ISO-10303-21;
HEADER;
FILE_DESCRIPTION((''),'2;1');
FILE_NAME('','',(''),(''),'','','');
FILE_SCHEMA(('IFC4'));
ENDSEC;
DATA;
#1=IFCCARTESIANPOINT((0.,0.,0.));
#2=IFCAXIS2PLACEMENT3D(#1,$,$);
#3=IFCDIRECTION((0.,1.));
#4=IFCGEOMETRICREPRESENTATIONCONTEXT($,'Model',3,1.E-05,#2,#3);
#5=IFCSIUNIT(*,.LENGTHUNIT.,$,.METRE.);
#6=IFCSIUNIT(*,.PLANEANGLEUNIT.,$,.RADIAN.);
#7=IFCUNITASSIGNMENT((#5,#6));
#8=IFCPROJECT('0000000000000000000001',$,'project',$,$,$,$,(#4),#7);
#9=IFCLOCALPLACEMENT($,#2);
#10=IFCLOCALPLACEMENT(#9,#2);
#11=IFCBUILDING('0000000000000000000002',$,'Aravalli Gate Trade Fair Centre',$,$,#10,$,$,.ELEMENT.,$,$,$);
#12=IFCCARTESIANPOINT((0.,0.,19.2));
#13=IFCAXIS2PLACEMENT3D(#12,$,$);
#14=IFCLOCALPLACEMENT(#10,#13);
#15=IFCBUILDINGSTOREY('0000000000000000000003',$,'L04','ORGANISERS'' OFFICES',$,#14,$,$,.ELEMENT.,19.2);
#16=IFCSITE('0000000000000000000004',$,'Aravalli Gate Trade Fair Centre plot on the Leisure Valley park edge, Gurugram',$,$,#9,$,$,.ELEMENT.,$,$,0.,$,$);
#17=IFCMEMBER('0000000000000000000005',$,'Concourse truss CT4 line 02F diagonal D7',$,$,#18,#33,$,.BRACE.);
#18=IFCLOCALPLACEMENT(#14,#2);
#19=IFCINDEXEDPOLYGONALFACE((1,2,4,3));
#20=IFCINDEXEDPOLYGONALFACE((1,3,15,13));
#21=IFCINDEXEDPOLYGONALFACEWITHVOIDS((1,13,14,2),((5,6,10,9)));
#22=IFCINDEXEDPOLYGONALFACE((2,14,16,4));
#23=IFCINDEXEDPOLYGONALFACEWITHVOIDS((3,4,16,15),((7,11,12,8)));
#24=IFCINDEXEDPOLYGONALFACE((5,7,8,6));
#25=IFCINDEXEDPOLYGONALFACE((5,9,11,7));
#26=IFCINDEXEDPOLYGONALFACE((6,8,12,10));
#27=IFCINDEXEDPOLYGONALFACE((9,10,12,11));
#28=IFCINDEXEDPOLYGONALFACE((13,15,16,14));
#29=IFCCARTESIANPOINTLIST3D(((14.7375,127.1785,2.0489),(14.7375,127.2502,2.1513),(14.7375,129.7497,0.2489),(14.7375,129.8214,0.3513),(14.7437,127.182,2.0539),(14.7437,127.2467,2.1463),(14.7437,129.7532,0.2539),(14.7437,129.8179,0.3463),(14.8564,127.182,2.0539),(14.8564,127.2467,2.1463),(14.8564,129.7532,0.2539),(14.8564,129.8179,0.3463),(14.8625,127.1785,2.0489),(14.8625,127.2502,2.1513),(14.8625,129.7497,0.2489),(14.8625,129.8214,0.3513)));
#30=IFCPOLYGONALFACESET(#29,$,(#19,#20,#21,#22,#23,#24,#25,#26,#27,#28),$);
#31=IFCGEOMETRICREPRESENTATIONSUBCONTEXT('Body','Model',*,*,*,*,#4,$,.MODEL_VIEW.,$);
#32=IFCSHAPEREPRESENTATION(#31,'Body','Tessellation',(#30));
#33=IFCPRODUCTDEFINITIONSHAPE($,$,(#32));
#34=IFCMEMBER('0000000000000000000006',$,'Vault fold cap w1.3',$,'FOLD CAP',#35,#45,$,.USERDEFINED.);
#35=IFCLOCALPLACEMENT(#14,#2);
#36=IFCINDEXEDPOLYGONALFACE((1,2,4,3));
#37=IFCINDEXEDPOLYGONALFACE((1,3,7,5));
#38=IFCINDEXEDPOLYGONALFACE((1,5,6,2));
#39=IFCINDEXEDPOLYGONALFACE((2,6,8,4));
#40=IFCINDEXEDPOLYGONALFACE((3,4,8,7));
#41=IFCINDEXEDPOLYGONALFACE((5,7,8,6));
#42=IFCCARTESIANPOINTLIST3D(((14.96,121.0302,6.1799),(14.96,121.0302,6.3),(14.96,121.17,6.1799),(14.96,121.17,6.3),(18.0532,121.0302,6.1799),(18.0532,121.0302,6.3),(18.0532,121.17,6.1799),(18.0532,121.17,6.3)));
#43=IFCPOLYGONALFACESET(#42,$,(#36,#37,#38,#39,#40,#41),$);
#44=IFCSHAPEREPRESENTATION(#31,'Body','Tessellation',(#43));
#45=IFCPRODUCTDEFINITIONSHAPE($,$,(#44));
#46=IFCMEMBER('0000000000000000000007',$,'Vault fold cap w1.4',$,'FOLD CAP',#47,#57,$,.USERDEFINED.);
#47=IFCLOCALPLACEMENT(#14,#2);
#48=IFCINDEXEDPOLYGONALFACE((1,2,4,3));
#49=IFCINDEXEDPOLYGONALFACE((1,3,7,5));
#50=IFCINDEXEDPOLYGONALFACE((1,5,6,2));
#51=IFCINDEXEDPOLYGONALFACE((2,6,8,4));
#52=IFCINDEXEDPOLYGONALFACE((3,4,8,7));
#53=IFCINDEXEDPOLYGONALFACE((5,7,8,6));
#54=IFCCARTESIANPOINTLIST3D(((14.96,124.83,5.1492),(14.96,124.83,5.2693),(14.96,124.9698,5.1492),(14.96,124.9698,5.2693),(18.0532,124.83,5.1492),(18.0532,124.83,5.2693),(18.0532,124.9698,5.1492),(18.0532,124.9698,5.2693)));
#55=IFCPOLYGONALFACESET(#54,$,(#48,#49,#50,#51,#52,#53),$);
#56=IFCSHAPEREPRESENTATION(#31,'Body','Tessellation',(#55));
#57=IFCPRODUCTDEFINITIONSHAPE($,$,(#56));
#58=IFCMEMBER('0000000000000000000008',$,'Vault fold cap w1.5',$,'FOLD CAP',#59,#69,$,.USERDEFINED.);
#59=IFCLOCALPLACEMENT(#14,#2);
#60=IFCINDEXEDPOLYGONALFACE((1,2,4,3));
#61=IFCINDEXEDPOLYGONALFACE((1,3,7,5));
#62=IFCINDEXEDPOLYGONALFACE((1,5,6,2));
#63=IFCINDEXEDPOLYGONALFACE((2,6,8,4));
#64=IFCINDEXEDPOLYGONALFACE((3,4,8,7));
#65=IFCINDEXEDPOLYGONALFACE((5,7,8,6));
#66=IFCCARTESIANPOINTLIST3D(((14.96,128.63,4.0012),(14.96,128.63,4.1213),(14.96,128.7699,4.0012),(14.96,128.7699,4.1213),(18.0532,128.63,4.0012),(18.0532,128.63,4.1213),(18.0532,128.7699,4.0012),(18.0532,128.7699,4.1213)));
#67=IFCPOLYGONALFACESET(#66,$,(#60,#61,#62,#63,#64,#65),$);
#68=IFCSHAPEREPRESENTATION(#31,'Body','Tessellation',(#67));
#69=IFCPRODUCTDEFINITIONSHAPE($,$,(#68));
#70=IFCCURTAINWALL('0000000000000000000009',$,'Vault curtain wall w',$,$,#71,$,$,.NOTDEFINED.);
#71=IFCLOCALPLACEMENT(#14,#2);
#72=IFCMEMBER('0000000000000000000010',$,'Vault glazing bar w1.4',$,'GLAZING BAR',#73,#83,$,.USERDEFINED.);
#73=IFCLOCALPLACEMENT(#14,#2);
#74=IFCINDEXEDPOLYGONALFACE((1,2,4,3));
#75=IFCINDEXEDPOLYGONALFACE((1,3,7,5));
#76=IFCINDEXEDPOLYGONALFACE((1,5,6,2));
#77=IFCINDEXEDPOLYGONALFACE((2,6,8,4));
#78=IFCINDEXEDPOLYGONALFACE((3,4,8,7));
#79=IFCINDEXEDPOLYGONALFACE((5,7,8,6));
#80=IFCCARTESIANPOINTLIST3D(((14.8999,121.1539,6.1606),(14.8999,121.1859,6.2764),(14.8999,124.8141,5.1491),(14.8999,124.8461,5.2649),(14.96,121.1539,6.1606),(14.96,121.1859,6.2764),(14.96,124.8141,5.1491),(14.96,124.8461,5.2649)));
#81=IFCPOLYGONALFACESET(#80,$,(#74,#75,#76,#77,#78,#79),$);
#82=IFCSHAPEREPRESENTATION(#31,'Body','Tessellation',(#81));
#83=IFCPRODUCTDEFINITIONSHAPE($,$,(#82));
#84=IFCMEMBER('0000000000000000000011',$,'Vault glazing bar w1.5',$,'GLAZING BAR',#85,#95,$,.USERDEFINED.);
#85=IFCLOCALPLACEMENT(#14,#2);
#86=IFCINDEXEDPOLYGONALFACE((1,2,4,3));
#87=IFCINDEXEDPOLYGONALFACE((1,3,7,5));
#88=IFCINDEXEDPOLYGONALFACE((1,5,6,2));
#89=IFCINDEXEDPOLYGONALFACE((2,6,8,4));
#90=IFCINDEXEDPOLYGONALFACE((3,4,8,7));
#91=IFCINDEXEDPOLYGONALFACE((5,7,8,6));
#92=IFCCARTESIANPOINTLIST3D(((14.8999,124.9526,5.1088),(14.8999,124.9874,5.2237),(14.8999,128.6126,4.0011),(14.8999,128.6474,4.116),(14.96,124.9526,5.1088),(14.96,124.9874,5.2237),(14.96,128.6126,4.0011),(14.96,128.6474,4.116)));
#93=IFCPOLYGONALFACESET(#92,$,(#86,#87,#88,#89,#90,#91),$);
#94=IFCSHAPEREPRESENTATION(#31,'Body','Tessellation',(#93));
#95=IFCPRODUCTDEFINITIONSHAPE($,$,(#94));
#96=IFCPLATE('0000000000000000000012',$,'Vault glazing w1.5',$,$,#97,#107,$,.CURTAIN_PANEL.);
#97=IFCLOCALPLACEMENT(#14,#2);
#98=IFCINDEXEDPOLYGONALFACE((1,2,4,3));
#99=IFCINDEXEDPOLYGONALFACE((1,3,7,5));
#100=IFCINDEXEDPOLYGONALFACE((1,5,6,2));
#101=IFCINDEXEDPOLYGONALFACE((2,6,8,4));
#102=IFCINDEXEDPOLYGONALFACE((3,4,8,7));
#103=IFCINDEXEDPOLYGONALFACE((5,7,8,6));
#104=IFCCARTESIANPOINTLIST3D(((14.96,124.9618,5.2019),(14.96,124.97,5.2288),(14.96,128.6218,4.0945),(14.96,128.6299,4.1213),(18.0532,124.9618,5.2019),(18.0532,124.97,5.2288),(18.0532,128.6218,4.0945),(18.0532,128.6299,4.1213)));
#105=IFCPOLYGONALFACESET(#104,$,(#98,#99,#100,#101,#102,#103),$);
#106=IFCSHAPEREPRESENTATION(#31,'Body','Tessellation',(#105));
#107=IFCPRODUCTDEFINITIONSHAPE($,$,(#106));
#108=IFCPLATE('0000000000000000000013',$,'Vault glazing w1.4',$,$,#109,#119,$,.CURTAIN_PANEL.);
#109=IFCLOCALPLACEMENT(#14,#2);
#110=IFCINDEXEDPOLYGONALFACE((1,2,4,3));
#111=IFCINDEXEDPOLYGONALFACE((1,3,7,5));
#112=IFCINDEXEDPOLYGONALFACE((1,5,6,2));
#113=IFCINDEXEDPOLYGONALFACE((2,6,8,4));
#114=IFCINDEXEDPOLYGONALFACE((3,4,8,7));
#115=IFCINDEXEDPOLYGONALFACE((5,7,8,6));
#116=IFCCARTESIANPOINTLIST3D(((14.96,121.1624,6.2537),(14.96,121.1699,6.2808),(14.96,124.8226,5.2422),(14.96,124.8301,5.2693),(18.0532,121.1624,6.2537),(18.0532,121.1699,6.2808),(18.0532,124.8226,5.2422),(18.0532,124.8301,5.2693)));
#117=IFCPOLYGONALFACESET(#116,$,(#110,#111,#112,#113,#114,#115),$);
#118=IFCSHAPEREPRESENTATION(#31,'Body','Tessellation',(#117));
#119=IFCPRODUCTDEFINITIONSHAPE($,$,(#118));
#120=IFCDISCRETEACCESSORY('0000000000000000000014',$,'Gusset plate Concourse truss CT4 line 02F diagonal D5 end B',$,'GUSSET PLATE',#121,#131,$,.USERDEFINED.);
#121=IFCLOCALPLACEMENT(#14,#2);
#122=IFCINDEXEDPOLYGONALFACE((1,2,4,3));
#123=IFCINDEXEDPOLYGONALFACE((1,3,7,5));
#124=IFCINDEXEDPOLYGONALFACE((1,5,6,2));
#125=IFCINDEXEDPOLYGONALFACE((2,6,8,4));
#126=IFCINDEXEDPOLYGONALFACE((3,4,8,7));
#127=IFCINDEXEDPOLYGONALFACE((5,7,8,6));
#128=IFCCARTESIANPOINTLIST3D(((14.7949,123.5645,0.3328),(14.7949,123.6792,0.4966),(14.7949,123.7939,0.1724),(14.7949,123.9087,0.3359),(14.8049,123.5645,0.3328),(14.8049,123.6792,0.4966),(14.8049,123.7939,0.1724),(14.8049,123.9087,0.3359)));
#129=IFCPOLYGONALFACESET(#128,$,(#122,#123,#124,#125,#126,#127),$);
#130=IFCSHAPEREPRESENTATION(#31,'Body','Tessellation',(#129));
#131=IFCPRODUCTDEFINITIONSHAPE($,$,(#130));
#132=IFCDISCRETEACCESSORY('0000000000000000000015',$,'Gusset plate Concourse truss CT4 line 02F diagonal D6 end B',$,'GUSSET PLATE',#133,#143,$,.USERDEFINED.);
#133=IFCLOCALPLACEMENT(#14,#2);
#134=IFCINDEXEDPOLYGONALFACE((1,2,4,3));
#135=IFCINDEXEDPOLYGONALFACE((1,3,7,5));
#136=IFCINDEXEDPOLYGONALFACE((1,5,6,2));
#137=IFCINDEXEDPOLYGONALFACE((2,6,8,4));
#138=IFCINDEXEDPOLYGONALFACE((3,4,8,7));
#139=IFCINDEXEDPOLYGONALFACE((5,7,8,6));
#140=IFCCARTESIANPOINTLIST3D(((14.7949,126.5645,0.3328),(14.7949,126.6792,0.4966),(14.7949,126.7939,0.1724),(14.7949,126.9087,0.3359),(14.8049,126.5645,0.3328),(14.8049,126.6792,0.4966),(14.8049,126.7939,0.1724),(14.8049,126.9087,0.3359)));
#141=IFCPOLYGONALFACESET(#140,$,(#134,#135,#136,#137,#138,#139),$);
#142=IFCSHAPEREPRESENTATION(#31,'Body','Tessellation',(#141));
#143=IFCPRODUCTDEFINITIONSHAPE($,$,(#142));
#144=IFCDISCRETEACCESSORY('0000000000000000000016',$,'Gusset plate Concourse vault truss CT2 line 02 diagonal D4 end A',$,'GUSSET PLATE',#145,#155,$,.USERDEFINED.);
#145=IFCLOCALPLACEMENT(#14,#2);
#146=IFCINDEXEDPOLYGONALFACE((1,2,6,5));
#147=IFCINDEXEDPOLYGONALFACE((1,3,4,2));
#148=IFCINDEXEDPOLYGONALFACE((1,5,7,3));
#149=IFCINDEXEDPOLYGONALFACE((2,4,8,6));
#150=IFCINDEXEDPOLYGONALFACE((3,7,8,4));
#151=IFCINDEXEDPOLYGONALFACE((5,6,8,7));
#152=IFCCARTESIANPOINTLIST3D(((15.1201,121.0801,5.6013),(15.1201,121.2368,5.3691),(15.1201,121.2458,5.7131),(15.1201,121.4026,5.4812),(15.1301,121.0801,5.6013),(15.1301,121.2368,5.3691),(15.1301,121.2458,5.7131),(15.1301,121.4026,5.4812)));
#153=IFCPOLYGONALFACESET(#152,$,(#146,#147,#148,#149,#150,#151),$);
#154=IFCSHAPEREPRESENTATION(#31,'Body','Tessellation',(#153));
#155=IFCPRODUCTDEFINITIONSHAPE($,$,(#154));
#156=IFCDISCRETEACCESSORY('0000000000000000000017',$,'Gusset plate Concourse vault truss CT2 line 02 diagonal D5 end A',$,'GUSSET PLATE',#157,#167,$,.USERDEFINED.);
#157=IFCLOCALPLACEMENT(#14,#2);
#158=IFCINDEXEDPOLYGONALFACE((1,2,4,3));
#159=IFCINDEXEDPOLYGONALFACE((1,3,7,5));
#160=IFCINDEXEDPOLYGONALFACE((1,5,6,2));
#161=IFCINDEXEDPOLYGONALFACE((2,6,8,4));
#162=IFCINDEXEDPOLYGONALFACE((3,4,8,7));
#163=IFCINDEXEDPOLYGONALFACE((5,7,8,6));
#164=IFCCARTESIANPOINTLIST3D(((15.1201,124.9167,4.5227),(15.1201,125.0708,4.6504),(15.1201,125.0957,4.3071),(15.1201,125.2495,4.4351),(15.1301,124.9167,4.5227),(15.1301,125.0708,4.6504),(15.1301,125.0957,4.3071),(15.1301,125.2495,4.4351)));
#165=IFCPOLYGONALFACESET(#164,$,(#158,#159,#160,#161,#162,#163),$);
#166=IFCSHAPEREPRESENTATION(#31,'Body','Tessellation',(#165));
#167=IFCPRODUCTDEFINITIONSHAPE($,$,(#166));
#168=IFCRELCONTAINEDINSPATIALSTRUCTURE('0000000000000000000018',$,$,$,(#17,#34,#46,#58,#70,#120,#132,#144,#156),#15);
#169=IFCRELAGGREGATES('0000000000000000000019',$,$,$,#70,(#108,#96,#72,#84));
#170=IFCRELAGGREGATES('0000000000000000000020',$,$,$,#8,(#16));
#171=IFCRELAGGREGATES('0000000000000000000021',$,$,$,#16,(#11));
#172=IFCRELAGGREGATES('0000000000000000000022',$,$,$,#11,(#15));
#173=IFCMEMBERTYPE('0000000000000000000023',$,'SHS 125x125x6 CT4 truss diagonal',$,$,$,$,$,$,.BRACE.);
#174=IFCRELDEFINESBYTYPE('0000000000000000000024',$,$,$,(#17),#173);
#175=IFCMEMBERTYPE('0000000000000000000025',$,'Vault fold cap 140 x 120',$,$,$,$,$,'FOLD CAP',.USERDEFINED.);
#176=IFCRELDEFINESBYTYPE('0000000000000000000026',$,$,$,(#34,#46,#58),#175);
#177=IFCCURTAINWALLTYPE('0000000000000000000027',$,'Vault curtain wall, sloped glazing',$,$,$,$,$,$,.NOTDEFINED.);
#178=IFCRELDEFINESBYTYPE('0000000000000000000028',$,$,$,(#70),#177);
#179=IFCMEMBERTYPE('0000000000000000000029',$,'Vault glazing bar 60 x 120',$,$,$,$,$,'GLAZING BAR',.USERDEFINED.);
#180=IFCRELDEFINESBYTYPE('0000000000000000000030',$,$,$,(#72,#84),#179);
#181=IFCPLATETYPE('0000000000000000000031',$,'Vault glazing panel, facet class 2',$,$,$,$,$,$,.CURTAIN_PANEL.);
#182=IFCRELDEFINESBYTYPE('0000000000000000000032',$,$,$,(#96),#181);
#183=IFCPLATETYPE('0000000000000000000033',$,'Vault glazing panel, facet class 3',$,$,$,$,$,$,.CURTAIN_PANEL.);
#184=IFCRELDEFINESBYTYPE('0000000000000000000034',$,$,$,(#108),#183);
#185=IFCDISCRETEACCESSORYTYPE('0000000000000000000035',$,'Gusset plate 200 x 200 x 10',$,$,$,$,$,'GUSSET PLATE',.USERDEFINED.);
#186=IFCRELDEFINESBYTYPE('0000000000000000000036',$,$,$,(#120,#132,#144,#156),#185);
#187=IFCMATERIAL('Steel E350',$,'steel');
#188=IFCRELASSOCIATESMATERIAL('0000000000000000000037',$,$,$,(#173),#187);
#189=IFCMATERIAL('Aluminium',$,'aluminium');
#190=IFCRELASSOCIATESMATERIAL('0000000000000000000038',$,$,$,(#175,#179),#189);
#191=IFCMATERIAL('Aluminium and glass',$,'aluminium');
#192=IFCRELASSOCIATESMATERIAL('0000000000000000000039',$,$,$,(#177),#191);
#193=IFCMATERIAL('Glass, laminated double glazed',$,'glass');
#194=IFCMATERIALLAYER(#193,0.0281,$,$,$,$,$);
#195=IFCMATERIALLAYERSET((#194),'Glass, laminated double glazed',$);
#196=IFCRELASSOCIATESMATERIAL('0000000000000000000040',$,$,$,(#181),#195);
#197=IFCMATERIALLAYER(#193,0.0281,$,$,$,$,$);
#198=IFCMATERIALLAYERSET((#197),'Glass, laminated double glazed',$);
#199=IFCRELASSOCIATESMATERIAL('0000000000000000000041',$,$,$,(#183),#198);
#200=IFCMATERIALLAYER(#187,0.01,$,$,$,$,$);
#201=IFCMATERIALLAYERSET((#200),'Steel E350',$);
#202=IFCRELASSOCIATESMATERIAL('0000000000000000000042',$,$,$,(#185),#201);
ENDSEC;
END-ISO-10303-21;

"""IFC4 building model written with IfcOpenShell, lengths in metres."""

from ifc_helpers import new_model, si_unit, direction, frame, origin, origin_2d, place, context, subcontext, project, spatial, polyline, rectangle, hollow_rectangle, outline, extrude, material, layer, layer_set, material_profile, profile_set, type_object, element, aggregate, save


model = new_model("IFC4")

# Units and contexts
model_context = context("Model", 3, precision=1e-05, world=origin(), true_north=direction((0.0, 1.0)))
body_context = subcontext(model_context, "Body", "Model", "MODEL_VIEW")
ifc_project = project(units=[si_unit("LENGTHUNIT", "METRE"), si_unit("PLANEANGLEUNIT", "RADIAN")], contexts=[model_context])

# Site, building, storey
site_placement = place(None, origin())
site = spatial("IfcSite", under=ifc_project, at=site_placement, Name="Aravalli Gate Trade Fair Centre plot on the Leisure Valley park edge, Gurugram", CompositionType="ELEMENT", RefElevation=0.0)
building_placement = place(site_placement, origin())
building = spatial("IfcBuilding", under=site, at=building_placement, Name="Aravalli Gate Trade Fair Centre", CompositionType="ELEMENT")
storey_placement = place(building_placement, frame((0.0, 0.0, 19.2)))
storey = spatial("IfcBuildingStorey", under=building, at=storey_placement, Name="L04", Description="ORGANISERS' OFFICES", CompositionType="ELEMENT", Elevation=19.2)

# Members
ifc_material_1 = material(Name="Steel E350", Category="steel")
ifc_material_profile_1 = material_profile(ifc_material_1, hollow_rectangle(XDim=0.125, YDim=0.125, WallThickness=0.0061, at=origin_2d()), Name="SHS 125x125x6")
ifc_profile_set_1 = profile_set([ifc_material_profile_1], Name="Steel E350")
member_type_1 = type_object("IfcMemberType", Name="SHS 125x125x6 CT4 truss diagonal", PredefinedType="BRACE", material=ifc_profile_set_1)
member_1_placement = place(storey_placement, frame((14.8, 127.2144, 2.1001), z_axis=(0.0, 0.81921, -0.573494), x_axis=(-1.0, 0.0, 0.0)))
element("IfcMember", 1, at=member_1_placement, inside=storey, type_object=member_type_1, Name="Concourse truss CT4 line 02F diagonal D7", PredefinedType="BRACE", context=body_context, shape_type="SweptSolid", body=[
    extrude(hollow_rectangle(XDim=0.125, YDim=0.125, WallThickness=0.0061, at=origin_2d()), origin(), (0.0, 0.0, 1.0), 3.1387),
])
ifc_material_2 = material(Name="Aluminium", Category="aluminium")
ifc_material_profile_2 = material_profile(ifc_material_2, rectangle(XDim=0.1399, YDim=0.1201, at=origin_2d()), Name="Vault fold cap 140 x 120")
ifc_profile_set_2 = profile_set([ifc_material_profile_2], Name="Aluminium")
member_type_2 = type_object("IfcMemberType", Name="Vault fold cap 140 x 120", ElementType="FOLD CAP", PredefinedType="USERDEFINED", material=ifc_profile_set_2)
for number, where, z_axis, x_axis, name in (
    (2, (14.96, 121.1001, 6.24), (1.0, 0.0, 0.0), (0.0, 1.0, 0.0), "Vault fold cap w1.3"),
    (3, (14.96, 124.8999, 5.2092), (1.0, 0.0, 0.0), (0.0, 1.0, 0.0), "Vault fold cap w1.4"),
    (4, (14.96, 128.7, 4.0613), (1.0, 0.0, 0.0), (0.0, 1.0, 0.0), "Vault fold cap w1.5"),
):
    element("IfcMember", number, at=place(storey_placement, frame(where, z_axis=z_axis, x_axis=x_axis)), inside=storey, type_object=member_type_2, Name=name, ObjectType="FOLD CAP", PredefinedType="USERDEFINED", context=body_context, shape_type="SweptSolid", body=[
        extrude(rectangle(XDim=0.1399, YDim=0.1201, at=origin_2d()), origin(), (0.0, 0.0, 1.0), 3.0933),
    ])

# Curtain wall, members, plates
ifc_material_3 = material(Name="Aluminium and glass", Category="aluminium")
curtain_wall_type = type_object("IfcCurtainWallType", Name="Vault curtain wall, sloped glazing", PredefinedType="NOTDEFINED", material=ifc_material_3)
curtain_wall_placement = place(storey_placement, origin())
curtain_wall = element("IfcCurtainWall", 5, at=curtain_wall_placement, inside=storey, type_object=curtain_wall_type, Name="Vault curtain wall w", PredefinedType="NOTDEFINED")
ifc_material_profile_3 = material_profile(ifc_material_2, rectangle(XDim=0.0601, YDim=0.1201, at=origin_2d()), Name="Vault glazing bar 60 x 120")
ifc_profile_set_3 = profile_set([ifc_material_profile_3], Name="Aluminium")
member_type_3 = type_object("IfcMemberType", Name="Vault glazing bar 60 x 120", ElementType="GLAZING BAR", PredefinedType="USERDEFINED", material=ifc_profile_set_3)
member_2_placement = place(storey_placement, frame((14.9299, 121.1699, 6.2185), z_axis=(0.0, 0.963873, -0.266364), x_axis=(-1.0, 0.0, 0.0)))
member_2 = element("IfcMember", 6, at=member_2_placement, type_object=member_type_3, Name="Vault glazing bar w1.4", ObjectType="GLAZING BAR", PredefinedType="USERDEFINED", context=body_context, shape_type="SweptSolid", body=[
    extrude(rectangle(XDim=0.0601, YDim=0.1201, at=origin_2d()), origin(), (0.0, 0.0, 1.0), 3.7974),
])
member_3_placement = place(storey_placement, frame((14.9299, 124.97, 5.1663), z_axis=(0.0, 0.957126, -0.289672), x_axis=(-1.0, 0.0, 0.0)))
member_3 = element("IfcMember", 7, at=member_3_placement, type_object=member_type_3, Name="Vault glazing bar w1.5", ObjectType="GLAZING BAR", PredefinedType="USERDEFINED", context=body_context, shape_type="SweptSolid", body=[
    extrude(rectangle(XDim=0.0601, YDim=0.1201, at=origin_2d()), origin(), (0.0, 0.0, 1.0), 3.824),
])
ifc_material_4 = material(Name="Glass, laminated double glazed", Category="glass")
ifc_layer_1 = layer(ifc_material_4, 0.0281)
ifc_layer_set_1 = layer_set([ifc_layer_1], Name="Glass, laminated double glazed")
plate_type_1 = type_object("IfcPlateType", Name="Vault glazing panel, facet class 2", PredefinedType="CURTAIN_PANEL", material=ifc_layer_set_1)
plate_1_placement = place(storey_placement, frame((14.96, 124.97, 5.2288), z_axis=(0.0, 0.289614, 0.957144), x_axis=(1.0, 0.0, 0.0)))
plate_1 = element("IfcPlate", 8, at=plate_1_placement, type_object=plate_type_1, Name="Vault glazing w1.5", PredefinedType="CURTAIN_PANEL", context=body_context, shape_type="SweptSolid", body=[
    extrude(outline(polyline([(0.0, 0.0), (3.0933, 0.0), (3.0933, 3.8238), (0.0, 3.8238), (0.0, 0.0)])), origin(), (0.0, 0.0, -1.0), 0.0281),
])
ifc_layer_2 = layer(ifc_material_4, 0.0281)
ifc_layer_set_2 = layer_set([ifc_layer_2], Name="Glass, laminated double glazed")
plate_type_2 = type_object("IfcPlateType", Name="Vault glazing panel, facet class 3", PredefinedType="CURTAIN_PANEL", material=ifc_layer_set_2)
plate_2_placement = place(storey_placement, frame((14.96, 121.1699, 6.2808), z_axis=(0.0, 0.266364, 0.963873), x_axis=(1.0, 0.0, 0.0)))
plate_2 = element("IfcPlate", 9, at=plate_2_placement, type_object=plate_type_2, Name="Vault glazing w1.4", PredefinedType="CURTAIN_PANEL", context=body_context, shape_type="SweptSolid", body=[
    extrude(outline(polyline([(0.0, 0.0), (3.0933, 0.0), (3.0933, 3.7973), (0.0, 3.7973), (0.0, 0.0)])), origin(), (0.0, 0.0, -1.0), 0.0281),
])
aggregate(curtain_wall, [plate_2, plate_1, member_2, member_3])

# Discrete accessories
ifc_layer_3 = layer(ifc_material_1, 0.01)
ifc_layer_set_3 = layer_set([ifc_layer_3], Name="Steel E350")
discrete_accessory_type = type_object("IfcDiscreteAccessoryType", Name="Gusset plate 200 x 200 x 10", ElementType="GUSSET PLATE", PredefinedType="USERDEFINED", material=ifc_layer_set_3)
for number, where, z_axis, x_axis, name in (
    (10, (14.8049, 123.5645, 0.3328), (1.0, 0.0, 0.0), (0.0, 0.819641, -0.572877), "Gusset plate Concourse truss CT4 line 02F diagonal D5 end B"),
    (11, (14.8049, 126.5645, 0.3328), (1.0, 0.0, 0.0), (0.0, 0.819641, -0.572877), "Gusset plate Concourse truss CT4 line 02F diagonal D6 end B"),
):
    element("IfcDiscreteAccessory", number, at=place(storey_placement, frame(where, z_axis=z_axis, x_axis=x_axis)), inside=storey, type_object=discrete_accessory_type, Name=name, ObjectType="GUSSET PLATE", PredefinedType="USERDEFINED", context=body_context, shape_type="SweptSolid", body=[
        extrude(outline(polyline([(0.0, 0.0), (0.28, 0.0), (0.2803, 0.1998), (0.0002, 0.2), (0.0, 0.0)])), origin(), (0.0, 0.0, -1.0), 0.01),
    ])
discrete_accessory_1_placement = place(storey_placement, frame((15.1201, 121.2368, 5.3691), z_axis=(-1.0, 0.0, 0.0), x_axis=(0.0, -0.559518, 0.828818)))
element("IfcDiscreteAccessory", 12, at=discrete_accessory_1_placement, inside=storey, type_object=discrete_accessory_type, Name="Gusset plate Concourse vault truss CT2 line 02 diagonal D4 end A", ObjectType="GUSSET PLATE", PredefinedType="USERDEFINED", context=body_context, shape_type="SweptSolid", body=[
    extrude(outline(polyline([(0.0, 0.0), (0.2801, 0.0), (0.2801, 0.2), (0.0001, 0.2001), (0.0, 0.0)])), origin(), (0.0, 0.0, -1.0), 0.01),
])
discrete_accessory_2_placement = place(storey_placement, frame((15.1201, 125.0957, 4.3071), z_axis=(-1.0, 0.0, 0.0), x_axis=(0.0, -0.638726, 0.769434)))
element("IfcDiscreteAccessory", 13, at=discrete_accessory_2_placement, inside=storey, type_object=discrete_accessory_type, Name="Gusset plate Concourse vault truss CT2 line 02 diagonal D5 end A", ObjectType="GUSSET PLATE", PredefinedType="USERDEFINED", context=body_context, shape_type="SweptSolid", body=[
    extrude(outline(polyline([(0.0, 0.0), (0.2802, 0.0), (0.28, 0.2001), (0.0002, 0.2001), (0.0, 0.0)])), origin(), (0.0, 0.0, -1.0), 0.01),
])

save(model, "model.ifc")
